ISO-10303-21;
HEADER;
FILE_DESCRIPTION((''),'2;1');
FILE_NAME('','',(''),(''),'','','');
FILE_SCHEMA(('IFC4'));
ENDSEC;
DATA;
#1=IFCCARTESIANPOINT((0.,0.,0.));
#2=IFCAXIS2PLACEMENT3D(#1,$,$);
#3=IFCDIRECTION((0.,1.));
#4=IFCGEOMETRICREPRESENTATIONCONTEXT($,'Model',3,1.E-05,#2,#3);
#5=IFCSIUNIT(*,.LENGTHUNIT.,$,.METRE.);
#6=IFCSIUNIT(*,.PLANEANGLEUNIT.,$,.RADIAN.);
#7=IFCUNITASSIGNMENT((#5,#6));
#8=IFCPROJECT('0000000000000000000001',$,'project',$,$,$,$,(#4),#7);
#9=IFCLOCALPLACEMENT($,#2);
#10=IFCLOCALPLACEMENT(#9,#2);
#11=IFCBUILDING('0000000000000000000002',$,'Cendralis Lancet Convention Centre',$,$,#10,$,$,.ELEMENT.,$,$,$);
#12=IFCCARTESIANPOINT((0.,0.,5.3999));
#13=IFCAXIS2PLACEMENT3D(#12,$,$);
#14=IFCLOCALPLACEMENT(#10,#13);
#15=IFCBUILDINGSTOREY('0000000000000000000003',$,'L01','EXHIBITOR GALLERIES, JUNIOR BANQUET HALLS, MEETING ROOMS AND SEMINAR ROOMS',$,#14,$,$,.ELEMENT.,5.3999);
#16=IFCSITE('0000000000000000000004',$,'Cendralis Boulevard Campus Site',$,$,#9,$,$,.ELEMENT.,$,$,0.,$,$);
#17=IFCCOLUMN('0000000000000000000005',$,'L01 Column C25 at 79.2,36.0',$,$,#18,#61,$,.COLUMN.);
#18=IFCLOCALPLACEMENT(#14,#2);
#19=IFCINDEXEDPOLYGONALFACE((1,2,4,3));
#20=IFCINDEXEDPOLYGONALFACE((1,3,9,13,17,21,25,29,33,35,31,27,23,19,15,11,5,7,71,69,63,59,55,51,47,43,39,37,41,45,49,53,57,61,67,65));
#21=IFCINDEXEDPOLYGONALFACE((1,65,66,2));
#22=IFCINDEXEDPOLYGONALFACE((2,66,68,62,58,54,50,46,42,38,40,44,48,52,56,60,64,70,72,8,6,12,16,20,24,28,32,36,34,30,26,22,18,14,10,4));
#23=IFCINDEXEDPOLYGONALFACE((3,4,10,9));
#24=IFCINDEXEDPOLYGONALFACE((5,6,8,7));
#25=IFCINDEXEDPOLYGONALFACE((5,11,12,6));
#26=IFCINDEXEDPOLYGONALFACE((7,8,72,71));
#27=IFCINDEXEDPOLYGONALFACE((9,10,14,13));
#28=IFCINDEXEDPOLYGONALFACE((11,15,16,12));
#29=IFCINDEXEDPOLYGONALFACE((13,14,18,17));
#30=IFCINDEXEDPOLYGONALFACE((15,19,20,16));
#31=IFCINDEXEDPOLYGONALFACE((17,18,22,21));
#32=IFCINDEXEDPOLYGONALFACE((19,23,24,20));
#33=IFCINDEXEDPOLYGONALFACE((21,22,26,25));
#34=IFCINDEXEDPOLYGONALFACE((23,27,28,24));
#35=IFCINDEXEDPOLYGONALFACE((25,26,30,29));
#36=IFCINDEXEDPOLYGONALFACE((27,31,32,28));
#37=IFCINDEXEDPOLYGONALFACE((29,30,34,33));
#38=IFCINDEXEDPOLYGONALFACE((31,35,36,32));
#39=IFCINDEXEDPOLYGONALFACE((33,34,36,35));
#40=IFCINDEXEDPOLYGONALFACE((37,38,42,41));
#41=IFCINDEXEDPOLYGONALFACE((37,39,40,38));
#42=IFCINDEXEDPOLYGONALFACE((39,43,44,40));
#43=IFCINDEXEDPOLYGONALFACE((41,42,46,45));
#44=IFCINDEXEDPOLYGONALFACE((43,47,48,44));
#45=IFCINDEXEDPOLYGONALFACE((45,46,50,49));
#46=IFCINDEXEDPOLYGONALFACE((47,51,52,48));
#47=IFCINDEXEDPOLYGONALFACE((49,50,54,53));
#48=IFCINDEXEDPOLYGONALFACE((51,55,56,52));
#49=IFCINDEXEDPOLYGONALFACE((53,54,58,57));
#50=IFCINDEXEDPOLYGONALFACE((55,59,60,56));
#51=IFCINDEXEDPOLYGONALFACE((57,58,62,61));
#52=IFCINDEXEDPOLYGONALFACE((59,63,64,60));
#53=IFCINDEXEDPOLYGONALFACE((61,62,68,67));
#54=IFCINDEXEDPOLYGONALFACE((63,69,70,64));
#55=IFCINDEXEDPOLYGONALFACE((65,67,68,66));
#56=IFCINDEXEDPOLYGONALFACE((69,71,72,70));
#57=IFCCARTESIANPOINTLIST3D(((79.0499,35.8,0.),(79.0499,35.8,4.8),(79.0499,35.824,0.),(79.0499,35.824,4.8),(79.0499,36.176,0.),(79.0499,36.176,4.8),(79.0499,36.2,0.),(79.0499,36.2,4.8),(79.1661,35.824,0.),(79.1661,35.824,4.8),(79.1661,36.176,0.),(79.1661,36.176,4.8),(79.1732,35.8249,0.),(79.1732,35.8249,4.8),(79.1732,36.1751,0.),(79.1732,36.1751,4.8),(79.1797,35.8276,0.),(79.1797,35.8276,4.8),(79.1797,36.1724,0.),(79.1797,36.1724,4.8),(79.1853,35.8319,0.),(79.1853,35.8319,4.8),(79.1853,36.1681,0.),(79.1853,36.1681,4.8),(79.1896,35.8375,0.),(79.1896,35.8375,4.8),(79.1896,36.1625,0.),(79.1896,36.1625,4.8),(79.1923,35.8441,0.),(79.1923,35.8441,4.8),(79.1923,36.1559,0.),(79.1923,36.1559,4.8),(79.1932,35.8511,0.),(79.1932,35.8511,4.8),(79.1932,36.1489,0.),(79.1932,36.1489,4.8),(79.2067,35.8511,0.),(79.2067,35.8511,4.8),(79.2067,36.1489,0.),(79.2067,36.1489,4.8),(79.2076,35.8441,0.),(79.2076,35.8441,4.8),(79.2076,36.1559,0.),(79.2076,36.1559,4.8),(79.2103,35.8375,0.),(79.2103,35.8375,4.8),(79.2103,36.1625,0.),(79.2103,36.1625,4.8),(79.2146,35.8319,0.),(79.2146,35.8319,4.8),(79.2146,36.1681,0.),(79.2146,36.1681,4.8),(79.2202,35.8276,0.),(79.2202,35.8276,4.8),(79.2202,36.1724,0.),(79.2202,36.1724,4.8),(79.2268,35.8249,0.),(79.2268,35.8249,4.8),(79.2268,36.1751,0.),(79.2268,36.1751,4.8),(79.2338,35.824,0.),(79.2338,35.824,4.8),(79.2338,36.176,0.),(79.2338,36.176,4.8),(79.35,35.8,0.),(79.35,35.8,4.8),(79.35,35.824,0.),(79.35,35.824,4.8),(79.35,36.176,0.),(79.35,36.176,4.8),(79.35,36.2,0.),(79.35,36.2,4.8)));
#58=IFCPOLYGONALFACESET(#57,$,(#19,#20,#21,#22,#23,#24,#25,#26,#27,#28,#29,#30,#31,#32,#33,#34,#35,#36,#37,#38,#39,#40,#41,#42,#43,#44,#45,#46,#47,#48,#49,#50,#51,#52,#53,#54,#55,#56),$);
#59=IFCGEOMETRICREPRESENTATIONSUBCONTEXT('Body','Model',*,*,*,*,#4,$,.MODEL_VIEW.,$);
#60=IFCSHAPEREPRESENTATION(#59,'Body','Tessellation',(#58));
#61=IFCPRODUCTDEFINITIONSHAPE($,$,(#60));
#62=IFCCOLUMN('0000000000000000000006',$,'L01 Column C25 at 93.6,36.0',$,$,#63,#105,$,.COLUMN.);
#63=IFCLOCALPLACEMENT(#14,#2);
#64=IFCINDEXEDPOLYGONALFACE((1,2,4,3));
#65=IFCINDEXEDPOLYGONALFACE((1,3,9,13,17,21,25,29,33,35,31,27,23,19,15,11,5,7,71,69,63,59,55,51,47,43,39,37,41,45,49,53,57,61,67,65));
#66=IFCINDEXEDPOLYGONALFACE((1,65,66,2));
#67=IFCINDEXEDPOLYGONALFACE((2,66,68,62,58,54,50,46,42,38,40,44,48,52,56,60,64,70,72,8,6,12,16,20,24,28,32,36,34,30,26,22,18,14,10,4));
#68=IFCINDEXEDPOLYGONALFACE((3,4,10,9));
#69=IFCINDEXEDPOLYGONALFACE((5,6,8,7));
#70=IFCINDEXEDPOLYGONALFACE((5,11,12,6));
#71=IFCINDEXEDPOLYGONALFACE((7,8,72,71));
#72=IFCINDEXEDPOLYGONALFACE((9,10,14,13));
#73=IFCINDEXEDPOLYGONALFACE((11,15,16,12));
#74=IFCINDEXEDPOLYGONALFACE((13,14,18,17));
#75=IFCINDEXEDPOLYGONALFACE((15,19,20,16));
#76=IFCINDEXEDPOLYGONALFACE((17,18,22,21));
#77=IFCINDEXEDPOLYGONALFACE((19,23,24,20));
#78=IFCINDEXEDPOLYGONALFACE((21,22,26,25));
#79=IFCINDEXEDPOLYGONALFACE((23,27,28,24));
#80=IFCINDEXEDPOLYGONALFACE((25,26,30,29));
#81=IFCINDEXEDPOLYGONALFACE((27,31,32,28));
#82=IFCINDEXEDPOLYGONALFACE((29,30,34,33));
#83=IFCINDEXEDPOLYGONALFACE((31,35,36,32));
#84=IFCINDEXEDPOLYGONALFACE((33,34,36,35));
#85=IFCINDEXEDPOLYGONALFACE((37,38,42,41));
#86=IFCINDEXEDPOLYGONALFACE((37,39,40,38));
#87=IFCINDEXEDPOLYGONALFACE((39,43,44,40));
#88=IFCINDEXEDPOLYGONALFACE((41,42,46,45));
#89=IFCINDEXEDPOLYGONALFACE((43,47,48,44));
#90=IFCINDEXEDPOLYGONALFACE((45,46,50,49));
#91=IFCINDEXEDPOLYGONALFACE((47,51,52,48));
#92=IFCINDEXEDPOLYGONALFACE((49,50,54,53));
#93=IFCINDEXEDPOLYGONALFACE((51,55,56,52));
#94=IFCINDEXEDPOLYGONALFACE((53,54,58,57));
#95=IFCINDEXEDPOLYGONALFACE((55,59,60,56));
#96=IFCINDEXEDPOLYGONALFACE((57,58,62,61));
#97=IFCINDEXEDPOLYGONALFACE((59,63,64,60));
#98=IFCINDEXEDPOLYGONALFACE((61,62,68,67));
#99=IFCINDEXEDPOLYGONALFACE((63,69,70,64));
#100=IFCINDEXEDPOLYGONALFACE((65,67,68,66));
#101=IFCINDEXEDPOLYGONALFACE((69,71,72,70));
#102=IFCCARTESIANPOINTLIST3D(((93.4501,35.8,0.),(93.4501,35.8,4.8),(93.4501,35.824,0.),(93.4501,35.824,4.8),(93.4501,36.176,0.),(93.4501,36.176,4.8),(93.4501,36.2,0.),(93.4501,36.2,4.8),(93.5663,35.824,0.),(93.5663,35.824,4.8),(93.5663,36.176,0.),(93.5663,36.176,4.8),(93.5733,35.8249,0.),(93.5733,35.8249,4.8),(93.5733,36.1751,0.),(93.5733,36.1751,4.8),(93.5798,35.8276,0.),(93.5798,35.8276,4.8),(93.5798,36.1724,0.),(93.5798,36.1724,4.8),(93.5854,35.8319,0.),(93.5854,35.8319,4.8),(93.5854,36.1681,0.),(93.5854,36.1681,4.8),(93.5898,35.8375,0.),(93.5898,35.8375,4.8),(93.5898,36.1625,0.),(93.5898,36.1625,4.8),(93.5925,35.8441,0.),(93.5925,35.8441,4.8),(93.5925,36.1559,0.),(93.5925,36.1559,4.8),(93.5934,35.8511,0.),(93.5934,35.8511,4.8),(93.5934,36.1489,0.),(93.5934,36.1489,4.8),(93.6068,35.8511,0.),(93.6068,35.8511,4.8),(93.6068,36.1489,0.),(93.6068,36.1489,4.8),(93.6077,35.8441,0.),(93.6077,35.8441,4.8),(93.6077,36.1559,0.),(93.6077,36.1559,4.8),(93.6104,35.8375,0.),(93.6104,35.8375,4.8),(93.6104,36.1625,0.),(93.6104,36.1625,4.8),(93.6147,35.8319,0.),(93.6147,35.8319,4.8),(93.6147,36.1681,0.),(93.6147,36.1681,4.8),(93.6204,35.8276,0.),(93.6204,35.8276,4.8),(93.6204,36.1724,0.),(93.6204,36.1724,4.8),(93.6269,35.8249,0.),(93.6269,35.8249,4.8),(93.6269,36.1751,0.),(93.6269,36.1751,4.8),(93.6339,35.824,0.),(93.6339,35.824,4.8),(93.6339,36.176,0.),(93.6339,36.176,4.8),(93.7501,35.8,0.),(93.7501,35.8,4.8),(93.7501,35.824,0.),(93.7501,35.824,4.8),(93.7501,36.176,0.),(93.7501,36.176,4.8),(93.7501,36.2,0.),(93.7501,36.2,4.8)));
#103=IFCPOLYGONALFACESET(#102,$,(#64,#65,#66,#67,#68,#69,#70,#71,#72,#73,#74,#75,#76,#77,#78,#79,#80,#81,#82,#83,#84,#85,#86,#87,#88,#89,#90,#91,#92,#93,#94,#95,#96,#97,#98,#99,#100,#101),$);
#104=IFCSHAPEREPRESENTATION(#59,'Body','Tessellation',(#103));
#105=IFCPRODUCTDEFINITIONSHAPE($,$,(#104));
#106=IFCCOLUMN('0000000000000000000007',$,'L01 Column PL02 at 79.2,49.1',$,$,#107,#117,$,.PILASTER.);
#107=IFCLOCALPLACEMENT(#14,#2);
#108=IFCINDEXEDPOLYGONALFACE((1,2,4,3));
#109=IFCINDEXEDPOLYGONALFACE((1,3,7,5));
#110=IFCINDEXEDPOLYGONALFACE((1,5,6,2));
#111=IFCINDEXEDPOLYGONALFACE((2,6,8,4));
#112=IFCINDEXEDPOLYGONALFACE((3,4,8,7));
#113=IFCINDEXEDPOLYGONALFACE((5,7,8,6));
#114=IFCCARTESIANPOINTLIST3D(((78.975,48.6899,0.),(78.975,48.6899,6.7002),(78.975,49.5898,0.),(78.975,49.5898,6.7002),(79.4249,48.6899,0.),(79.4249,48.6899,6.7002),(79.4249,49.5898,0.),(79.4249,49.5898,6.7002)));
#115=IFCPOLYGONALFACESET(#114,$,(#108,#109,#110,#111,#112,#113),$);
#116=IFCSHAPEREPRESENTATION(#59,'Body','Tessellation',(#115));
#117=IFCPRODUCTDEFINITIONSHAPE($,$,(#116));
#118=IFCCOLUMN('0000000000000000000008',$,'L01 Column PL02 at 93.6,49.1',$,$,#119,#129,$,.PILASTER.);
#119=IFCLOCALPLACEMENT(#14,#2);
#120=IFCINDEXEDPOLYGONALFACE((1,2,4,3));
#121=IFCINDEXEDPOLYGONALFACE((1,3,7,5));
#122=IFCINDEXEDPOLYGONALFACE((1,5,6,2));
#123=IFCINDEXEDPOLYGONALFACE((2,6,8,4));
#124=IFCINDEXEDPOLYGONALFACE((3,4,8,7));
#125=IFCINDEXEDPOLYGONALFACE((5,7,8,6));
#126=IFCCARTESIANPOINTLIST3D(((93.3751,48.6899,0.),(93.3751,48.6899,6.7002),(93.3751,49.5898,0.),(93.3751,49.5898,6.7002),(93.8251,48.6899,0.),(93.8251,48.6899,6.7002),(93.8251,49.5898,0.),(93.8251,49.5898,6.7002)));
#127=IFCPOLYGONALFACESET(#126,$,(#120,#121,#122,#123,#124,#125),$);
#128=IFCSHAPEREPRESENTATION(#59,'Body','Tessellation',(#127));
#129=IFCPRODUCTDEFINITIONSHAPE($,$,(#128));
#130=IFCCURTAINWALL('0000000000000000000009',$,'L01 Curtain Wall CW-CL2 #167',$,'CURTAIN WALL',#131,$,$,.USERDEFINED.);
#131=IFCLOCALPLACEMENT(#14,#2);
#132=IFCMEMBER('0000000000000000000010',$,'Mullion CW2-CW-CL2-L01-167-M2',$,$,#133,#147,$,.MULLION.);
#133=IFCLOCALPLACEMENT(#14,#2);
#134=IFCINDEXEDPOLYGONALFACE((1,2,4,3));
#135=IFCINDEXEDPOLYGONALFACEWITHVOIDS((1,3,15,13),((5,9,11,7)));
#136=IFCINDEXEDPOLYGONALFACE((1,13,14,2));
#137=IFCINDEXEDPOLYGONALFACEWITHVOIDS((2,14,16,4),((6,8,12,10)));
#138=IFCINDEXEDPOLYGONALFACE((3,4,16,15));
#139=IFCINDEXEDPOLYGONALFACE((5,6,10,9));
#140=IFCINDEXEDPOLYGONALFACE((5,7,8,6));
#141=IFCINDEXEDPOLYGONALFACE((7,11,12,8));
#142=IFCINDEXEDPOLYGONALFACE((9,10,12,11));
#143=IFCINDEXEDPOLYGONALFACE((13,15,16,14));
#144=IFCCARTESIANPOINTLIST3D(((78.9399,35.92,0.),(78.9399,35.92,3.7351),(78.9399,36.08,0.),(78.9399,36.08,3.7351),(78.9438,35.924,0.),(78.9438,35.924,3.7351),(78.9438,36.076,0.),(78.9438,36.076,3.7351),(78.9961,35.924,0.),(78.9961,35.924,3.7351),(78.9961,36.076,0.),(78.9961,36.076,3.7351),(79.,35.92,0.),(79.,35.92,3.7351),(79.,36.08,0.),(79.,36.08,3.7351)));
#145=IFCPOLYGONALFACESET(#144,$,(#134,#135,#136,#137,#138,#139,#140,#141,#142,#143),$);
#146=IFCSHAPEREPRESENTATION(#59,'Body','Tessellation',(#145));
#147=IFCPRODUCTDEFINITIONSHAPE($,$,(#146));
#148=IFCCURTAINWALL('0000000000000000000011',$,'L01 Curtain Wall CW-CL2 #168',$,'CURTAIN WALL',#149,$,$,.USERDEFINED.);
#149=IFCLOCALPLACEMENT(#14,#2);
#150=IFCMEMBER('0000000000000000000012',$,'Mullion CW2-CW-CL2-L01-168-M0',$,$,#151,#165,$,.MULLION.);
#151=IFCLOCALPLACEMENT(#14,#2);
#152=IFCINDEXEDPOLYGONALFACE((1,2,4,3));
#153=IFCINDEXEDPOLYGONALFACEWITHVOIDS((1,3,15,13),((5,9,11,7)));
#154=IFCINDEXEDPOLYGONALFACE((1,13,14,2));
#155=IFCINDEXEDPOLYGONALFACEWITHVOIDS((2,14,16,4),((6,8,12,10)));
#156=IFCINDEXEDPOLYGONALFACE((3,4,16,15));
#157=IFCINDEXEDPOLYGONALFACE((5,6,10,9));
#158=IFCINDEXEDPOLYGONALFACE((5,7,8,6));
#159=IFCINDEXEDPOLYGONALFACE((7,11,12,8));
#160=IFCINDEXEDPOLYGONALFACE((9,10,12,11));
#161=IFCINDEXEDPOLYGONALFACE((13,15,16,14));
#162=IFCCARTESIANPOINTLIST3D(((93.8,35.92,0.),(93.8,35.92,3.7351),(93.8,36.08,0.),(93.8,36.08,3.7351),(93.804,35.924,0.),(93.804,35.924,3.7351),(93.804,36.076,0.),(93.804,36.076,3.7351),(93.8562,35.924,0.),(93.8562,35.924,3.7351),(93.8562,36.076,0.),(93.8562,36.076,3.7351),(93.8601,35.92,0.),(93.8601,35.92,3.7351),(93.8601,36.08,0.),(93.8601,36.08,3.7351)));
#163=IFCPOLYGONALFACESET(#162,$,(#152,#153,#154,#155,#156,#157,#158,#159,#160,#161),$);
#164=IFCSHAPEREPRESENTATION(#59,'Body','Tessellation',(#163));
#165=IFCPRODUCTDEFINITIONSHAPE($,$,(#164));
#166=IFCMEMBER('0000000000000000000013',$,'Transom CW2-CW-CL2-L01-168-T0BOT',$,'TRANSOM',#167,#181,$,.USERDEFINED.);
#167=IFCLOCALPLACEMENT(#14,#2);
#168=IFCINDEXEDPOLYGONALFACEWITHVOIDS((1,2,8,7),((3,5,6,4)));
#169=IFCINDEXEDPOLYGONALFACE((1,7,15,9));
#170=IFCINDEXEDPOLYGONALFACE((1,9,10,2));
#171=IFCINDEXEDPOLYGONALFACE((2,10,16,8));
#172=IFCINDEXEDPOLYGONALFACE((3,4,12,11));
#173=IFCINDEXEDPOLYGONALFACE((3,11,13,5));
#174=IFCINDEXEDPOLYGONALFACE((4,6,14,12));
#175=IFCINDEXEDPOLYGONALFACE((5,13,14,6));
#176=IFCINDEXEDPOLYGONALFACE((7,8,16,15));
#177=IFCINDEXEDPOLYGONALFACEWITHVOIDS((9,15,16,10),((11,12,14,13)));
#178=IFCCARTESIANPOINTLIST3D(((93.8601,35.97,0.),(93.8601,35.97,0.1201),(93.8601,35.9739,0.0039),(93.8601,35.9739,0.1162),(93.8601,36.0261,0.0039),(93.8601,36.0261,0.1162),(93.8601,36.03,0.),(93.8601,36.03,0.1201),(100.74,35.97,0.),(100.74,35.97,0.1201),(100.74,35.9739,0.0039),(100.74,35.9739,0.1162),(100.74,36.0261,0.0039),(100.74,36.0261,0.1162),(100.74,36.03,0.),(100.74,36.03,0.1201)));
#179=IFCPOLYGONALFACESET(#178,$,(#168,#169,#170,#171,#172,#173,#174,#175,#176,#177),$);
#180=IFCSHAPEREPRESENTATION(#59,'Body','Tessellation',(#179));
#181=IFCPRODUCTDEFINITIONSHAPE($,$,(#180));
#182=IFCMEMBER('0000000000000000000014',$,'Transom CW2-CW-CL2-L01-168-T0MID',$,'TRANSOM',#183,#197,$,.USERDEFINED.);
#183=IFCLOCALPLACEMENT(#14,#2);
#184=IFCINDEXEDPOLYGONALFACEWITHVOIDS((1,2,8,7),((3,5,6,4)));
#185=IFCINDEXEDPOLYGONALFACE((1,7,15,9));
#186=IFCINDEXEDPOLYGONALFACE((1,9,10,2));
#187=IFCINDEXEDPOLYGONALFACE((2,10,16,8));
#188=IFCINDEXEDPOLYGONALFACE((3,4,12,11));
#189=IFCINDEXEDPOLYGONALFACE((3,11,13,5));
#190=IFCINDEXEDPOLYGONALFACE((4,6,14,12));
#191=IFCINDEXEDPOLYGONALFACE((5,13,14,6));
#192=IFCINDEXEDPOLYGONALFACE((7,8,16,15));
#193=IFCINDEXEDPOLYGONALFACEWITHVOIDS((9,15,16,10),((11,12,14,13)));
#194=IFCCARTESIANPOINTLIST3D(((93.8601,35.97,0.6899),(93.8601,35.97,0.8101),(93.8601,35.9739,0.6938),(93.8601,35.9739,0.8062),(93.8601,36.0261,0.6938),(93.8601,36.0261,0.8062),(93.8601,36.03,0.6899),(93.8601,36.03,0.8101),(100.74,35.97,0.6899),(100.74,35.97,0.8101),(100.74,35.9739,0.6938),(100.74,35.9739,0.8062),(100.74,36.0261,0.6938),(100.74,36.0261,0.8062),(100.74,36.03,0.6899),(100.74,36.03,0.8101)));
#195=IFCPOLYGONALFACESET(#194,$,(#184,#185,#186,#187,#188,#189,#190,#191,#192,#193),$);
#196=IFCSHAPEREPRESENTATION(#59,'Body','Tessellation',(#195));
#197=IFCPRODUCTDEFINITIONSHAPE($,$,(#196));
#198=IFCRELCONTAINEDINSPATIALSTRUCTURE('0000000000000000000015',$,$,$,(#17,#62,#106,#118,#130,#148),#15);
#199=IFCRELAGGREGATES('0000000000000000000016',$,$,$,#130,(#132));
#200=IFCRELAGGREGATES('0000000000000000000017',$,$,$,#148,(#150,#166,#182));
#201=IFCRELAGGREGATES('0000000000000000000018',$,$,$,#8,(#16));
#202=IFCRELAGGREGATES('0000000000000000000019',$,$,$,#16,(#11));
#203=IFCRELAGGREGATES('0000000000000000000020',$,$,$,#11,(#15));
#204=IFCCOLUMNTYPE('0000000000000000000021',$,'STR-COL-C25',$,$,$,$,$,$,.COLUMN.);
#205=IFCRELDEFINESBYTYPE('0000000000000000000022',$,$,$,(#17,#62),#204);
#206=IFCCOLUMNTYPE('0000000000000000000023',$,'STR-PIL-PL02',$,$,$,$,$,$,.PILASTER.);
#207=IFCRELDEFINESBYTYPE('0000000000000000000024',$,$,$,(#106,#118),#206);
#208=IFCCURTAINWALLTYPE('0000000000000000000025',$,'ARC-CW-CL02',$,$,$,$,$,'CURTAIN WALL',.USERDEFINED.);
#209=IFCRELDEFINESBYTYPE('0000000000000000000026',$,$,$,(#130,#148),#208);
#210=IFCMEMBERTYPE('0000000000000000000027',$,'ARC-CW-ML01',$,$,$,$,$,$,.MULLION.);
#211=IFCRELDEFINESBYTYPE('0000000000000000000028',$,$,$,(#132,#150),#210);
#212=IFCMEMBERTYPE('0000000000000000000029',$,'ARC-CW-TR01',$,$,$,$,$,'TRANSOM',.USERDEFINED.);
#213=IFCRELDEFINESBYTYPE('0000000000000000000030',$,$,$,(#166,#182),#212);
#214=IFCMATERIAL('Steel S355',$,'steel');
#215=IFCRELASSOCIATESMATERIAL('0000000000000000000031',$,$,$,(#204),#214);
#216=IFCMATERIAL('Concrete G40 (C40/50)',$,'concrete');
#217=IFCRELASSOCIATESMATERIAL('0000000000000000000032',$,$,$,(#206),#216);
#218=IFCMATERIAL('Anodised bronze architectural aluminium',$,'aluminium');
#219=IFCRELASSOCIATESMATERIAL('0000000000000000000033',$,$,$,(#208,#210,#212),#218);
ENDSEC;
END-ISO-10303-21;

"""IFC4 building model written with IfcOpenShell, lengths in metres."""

from ifc_helpers import new_model, si_unit, direction, frame, origin, origin_2d, place, context, subcontext, project, spatial, rectangle, hollow_rectangle, i_section, extrude, material, material_profile, profile_set, type_object, element, aggregate, save


model = new_model("IFC4")

# Units and contexts
model_context = context("Model", 3, precision=1e-05, world=origin(), true_north=direction((0.0, 1.0)))
body_context = subcontext(model_context, "Body", "Model", "MODEL_VIEW")
ifc_project = project(units=[si_unit("LENGTHUNIT", "METRE"), si_unit("PLANEANGLEUNIT", "RADIAN")], contexts=[model_context])

# Site, building, storey
site_placement = place(None, origin())
site = spatial("IfcSite", under=ifc_project, at=site_placement, Name="Cendralis Boulevard Campus Site", CompositionType="ELEMENT", RefElevation=0.0)
building_placement = place(site_placement, origin())
building = spatial("IfcBuilding", under=site, at=building_placement, Name="Cendralis Lancet Convention Centre", CompositionType="ELEMENT")
storey_placement = place(building_placement, frame((0.0, 0.0, 5.3999)))
storey = spatial("IfcBuildingStorey", under=building, at=storey_placement, Name="L01", Description="EXHIBITOR GALLERIES, JUNIOR BANQUET HALLS, MEETING ROOMS AND SEMINAR ROOMS", CompositionType="ELEMENT", Elevation=5.3999)

# Columns
ifc_material_1 = material(Name="Steel S355", Category="steel")
ifc_material_profile_1 = material_profile(ifc_material_1, i_section(OverallWidth=0.3, OverallDepth=0.3999, WebThickness=0.0134, FlangeThickness=0.0239, FilletRadius=0.0271, at=origin_2d()), Name="HEB 400")
ifc_profile_set_1 = profile_set([ifc_material_profile_1], Name="Steel S355")
column_type_1 = type_object("IfcColumnType", Name="STR-COL-C25", PredefinedType="COLUMN", material=ifc_profile_set_1)
for number, where, z_axis, x_axis, name in (
    (1, (79.2, 36.0, 0.0), (0.0, 0.0, 1.0), (1.0, 0.0, 0.0), "L01 Column C25 at 79.2,36.0"),
    (2, (93.6001, 36.0, 0.0), (0.0, 0.0, 1.0), (1.0, 0.0, 0.0), "L01 Column C25 at 93.6,36.0"),
):
    element("IfcColumn", number, at=place(storey_placement, frame(where, z_axis=z_axis, x_axis=x_axis)), inside=storey, type_object=column_type_1, Name=name, PredefinedType="COLUMN", context=body_context, shape_type="SweptSolid", body=[
        extrude(i_section(OverallWidth=0.3, OverallDepth=0.3999, WebThickness=0.0134, FlangeThickness=0.0239, FilletRadius=0.0271, at=origin_2d()), origin(), (0.0, 0.0, 1.0), 4.8),
    ])
ifc_material_2 = material(Name="Concrete G40 (C40/50)", Category="concrete")
ifc_material_profile_2 = material_profile(ifc_material_2, rectangle(XDim=0.45, YDim=0.8999, at=origin_2d()), Name="RC 450x900")
ifc_profile_set_2 = profile_set([ifc_material_profile_2], Name="Concrete G40 (C40/50)")
column_type_2 = type_object("IfcColumnType", Name="STR-PIL-PL02", PredefinedType="PILASTER", material=ifc_profile_set_2)
for number, where, z_axis, x_axis, name in (
    (3, (79.2, 49.1399, 0.0), (0.0, 0.0, 1.0), (1.0, 0.0, 0.0), "L01 Column PL02 at 79.2,49.1"),
    (4, (93.6001, 49.1399, 0.0), (0.0, 0.0, 1.0), (1.0, 0.0, 0.0), "L01 Column PL02 at 93.6,49.1"),
):
    element("IfcColumn", number, at=place(storey_placement, frame(where, z_axis=z_axis, x_axis=x_axis)), inside=storey, type_object=column_type_2, Name=name, PredefinedType="PILASTER", context=body_context, shape_type="SweptSolid", body=[
        extrude(rectangle(XDim=0.45, YDim=0.8999, at=origin_2d()), origin(), (0.0, 0.0, 1.0), 6.7002),
    ])

# Curtain wall, member
ifc_material_3 = material(Name="Anodised bronze architectural aluminium", Category="aluminium")
curtain_wall_type = type_object("IfcCurtainWallType", Name="ARC-CW-CL02", ElementType="CURTAIN WALL", PredefinedType="USERDEFINED", material=ifc_material_3)
curtain_wall_1_placement = place(storey_placement, origin())
curtain_wall_1 = element("IfcCurtainWall", 5, at=curtain_wall_1_placement, inside=storey, type_object=curtain_wall_type, Name="L01 Curtain Wall CW-CL2 #167", ObjectType="CURTAIN WALL", PredefinedType="USERDEFINED")
ifc_material_profile_3 = material_profile(ifc_material_3, hollow_rectangle(XDim=0.0601, YDim=0.1599, WallThickness=0.0039, at=origin_2d()), Name="AL-MULL 60x160x4.0")
ifc_profile_set_3 = profile_set([ifc_material_profile_3], Name="Anodised bronze architectural aluminium")
member_type_1 = type_object("IfcMemberType", Name="ARC-CW-ML01", PredefinedType="MULLION", material=ifc_profile_set_3)
member_1_placement = place(storey_placement, frame((78.97, 36.0, 0.0), z_axis=(0.0, 0.0, 1.0), x_axis=(1.0, 0.0, 0.0)))
member_1 = element("IfcMember", 6, at=member_1_placement, type_object=member_type_1, Name="Mullion CW2-CW-CL2-L01-167-M2", PredefinedType="MULLION", context=body_context, shape_type="SweptSolid", body=[
    extrude(hollow_rectangle(XDim=0.0601, YDim=0.1599, WallThickness=0.0039, at=origin_2d()), origin(), (0.0, 0.0, 1.0), 3.7351),
])

# Curtain wall, members
curtain_wall_2_placement = place(storey_placement, origin())
curtain_wall_2 = element("IfcCurtainWall", 7, at=curtain_wall_2_placement, inside=storey, type_object=curtain_wall_type, Name="L01 Curtain Wall CW-CL2 #168", ObjectType="CURTAIN WALL", PredefinedType="USERDEFINED")
member_2_placement = place(storey_placement, frame((93.8301, 36.0, 0.0), z_axis=(0.0, 0.0, 1.0), x_axis=(1.0, 0.0, 0.0)))
member_2 = element("IfcMember", 8, at=member_2_placement, type_object=member_type_1, Name="Mullion CW2-CW-CL2-L01-168-M0", PredefinedType="MULLION", context=body_context, shape_type="SweptSolid", body=[
    extrude(hollow_rectangle(XDim=0.0601, YDim=0.1599, WallThickness=0.0039, at=origin_2d()), origin(), (0.0, 0.0, 1.0), 3.7351),
])
ifc_material_profile_4 = material_profile(ifc_material_3, hollow_rectangle(XDim=0.0601, YDim=0.1201, WallThickness=0.0039, at=origin_2d()), Name="AL-TRAN 60x120x4.0")
ifc_profile_set_4 = profile_set([ifc_material_profile_4], Name="Anodised bronze architectural aluminium")
member_type_2 = type_object("IfcMemberType", Name="ARC-CW-TR01", ElementType="TRANSOM", PredefinedType="USERDEFINED", material=ifc_profile_set_4)
member_3_placement = place(storey_placement, frame((93.8601, 36.0, 0.0601), z_axis=(1.0, 0.0, 0.0), x_axis=(0.0, 1.0, 0.0)))
member_3 = element("IfcMember", 9, at=member_3_placement, type_object=member_type_2, Name="Transom CW2-CW-CL2-L01-168-T0BOT", ObjectType="TRANSOM", PredefinedType="USERDEFINED", context=body_context, shape_type="SweptSolid", body=[
    extrude(hollow_rectangle(XDim=0.0601, YDim=0.1201, WallThickness=0.0039, at=origin_2d()), origin(), (0.0, 0.0, 1.0), 6.8799),
])
member_4_placement = place(storey_placement, frame((93.8601, 36.0, 0.75), z_axis=(1.0, 0.0, 0.0), x_axis=(0.0, 1.0, 0.0)))
member_4 = element("IfcMember", 10, at=member_4_placement, type_object=member_type_2, Name="Transom CW2-CW-CL2-L01-168-T0MID", ObjectType="TRANSOM", PredefinedType="USERDEFINED", context=body_context, shape_type="SweptSolid", body=[
    extrude(hollow_rectangle(XDim=0.0601, YDim=0.1201, WallThickness=0.0039, at=origin_2d()), origin(), (0.0, 0.0, 1.0), 6.8799),
])

aggregate(curtain_wall_1, [member_1])
aggregate(curtain_wall_2, [member_2, member_3, member_4])

save(model, "model.ifc")
